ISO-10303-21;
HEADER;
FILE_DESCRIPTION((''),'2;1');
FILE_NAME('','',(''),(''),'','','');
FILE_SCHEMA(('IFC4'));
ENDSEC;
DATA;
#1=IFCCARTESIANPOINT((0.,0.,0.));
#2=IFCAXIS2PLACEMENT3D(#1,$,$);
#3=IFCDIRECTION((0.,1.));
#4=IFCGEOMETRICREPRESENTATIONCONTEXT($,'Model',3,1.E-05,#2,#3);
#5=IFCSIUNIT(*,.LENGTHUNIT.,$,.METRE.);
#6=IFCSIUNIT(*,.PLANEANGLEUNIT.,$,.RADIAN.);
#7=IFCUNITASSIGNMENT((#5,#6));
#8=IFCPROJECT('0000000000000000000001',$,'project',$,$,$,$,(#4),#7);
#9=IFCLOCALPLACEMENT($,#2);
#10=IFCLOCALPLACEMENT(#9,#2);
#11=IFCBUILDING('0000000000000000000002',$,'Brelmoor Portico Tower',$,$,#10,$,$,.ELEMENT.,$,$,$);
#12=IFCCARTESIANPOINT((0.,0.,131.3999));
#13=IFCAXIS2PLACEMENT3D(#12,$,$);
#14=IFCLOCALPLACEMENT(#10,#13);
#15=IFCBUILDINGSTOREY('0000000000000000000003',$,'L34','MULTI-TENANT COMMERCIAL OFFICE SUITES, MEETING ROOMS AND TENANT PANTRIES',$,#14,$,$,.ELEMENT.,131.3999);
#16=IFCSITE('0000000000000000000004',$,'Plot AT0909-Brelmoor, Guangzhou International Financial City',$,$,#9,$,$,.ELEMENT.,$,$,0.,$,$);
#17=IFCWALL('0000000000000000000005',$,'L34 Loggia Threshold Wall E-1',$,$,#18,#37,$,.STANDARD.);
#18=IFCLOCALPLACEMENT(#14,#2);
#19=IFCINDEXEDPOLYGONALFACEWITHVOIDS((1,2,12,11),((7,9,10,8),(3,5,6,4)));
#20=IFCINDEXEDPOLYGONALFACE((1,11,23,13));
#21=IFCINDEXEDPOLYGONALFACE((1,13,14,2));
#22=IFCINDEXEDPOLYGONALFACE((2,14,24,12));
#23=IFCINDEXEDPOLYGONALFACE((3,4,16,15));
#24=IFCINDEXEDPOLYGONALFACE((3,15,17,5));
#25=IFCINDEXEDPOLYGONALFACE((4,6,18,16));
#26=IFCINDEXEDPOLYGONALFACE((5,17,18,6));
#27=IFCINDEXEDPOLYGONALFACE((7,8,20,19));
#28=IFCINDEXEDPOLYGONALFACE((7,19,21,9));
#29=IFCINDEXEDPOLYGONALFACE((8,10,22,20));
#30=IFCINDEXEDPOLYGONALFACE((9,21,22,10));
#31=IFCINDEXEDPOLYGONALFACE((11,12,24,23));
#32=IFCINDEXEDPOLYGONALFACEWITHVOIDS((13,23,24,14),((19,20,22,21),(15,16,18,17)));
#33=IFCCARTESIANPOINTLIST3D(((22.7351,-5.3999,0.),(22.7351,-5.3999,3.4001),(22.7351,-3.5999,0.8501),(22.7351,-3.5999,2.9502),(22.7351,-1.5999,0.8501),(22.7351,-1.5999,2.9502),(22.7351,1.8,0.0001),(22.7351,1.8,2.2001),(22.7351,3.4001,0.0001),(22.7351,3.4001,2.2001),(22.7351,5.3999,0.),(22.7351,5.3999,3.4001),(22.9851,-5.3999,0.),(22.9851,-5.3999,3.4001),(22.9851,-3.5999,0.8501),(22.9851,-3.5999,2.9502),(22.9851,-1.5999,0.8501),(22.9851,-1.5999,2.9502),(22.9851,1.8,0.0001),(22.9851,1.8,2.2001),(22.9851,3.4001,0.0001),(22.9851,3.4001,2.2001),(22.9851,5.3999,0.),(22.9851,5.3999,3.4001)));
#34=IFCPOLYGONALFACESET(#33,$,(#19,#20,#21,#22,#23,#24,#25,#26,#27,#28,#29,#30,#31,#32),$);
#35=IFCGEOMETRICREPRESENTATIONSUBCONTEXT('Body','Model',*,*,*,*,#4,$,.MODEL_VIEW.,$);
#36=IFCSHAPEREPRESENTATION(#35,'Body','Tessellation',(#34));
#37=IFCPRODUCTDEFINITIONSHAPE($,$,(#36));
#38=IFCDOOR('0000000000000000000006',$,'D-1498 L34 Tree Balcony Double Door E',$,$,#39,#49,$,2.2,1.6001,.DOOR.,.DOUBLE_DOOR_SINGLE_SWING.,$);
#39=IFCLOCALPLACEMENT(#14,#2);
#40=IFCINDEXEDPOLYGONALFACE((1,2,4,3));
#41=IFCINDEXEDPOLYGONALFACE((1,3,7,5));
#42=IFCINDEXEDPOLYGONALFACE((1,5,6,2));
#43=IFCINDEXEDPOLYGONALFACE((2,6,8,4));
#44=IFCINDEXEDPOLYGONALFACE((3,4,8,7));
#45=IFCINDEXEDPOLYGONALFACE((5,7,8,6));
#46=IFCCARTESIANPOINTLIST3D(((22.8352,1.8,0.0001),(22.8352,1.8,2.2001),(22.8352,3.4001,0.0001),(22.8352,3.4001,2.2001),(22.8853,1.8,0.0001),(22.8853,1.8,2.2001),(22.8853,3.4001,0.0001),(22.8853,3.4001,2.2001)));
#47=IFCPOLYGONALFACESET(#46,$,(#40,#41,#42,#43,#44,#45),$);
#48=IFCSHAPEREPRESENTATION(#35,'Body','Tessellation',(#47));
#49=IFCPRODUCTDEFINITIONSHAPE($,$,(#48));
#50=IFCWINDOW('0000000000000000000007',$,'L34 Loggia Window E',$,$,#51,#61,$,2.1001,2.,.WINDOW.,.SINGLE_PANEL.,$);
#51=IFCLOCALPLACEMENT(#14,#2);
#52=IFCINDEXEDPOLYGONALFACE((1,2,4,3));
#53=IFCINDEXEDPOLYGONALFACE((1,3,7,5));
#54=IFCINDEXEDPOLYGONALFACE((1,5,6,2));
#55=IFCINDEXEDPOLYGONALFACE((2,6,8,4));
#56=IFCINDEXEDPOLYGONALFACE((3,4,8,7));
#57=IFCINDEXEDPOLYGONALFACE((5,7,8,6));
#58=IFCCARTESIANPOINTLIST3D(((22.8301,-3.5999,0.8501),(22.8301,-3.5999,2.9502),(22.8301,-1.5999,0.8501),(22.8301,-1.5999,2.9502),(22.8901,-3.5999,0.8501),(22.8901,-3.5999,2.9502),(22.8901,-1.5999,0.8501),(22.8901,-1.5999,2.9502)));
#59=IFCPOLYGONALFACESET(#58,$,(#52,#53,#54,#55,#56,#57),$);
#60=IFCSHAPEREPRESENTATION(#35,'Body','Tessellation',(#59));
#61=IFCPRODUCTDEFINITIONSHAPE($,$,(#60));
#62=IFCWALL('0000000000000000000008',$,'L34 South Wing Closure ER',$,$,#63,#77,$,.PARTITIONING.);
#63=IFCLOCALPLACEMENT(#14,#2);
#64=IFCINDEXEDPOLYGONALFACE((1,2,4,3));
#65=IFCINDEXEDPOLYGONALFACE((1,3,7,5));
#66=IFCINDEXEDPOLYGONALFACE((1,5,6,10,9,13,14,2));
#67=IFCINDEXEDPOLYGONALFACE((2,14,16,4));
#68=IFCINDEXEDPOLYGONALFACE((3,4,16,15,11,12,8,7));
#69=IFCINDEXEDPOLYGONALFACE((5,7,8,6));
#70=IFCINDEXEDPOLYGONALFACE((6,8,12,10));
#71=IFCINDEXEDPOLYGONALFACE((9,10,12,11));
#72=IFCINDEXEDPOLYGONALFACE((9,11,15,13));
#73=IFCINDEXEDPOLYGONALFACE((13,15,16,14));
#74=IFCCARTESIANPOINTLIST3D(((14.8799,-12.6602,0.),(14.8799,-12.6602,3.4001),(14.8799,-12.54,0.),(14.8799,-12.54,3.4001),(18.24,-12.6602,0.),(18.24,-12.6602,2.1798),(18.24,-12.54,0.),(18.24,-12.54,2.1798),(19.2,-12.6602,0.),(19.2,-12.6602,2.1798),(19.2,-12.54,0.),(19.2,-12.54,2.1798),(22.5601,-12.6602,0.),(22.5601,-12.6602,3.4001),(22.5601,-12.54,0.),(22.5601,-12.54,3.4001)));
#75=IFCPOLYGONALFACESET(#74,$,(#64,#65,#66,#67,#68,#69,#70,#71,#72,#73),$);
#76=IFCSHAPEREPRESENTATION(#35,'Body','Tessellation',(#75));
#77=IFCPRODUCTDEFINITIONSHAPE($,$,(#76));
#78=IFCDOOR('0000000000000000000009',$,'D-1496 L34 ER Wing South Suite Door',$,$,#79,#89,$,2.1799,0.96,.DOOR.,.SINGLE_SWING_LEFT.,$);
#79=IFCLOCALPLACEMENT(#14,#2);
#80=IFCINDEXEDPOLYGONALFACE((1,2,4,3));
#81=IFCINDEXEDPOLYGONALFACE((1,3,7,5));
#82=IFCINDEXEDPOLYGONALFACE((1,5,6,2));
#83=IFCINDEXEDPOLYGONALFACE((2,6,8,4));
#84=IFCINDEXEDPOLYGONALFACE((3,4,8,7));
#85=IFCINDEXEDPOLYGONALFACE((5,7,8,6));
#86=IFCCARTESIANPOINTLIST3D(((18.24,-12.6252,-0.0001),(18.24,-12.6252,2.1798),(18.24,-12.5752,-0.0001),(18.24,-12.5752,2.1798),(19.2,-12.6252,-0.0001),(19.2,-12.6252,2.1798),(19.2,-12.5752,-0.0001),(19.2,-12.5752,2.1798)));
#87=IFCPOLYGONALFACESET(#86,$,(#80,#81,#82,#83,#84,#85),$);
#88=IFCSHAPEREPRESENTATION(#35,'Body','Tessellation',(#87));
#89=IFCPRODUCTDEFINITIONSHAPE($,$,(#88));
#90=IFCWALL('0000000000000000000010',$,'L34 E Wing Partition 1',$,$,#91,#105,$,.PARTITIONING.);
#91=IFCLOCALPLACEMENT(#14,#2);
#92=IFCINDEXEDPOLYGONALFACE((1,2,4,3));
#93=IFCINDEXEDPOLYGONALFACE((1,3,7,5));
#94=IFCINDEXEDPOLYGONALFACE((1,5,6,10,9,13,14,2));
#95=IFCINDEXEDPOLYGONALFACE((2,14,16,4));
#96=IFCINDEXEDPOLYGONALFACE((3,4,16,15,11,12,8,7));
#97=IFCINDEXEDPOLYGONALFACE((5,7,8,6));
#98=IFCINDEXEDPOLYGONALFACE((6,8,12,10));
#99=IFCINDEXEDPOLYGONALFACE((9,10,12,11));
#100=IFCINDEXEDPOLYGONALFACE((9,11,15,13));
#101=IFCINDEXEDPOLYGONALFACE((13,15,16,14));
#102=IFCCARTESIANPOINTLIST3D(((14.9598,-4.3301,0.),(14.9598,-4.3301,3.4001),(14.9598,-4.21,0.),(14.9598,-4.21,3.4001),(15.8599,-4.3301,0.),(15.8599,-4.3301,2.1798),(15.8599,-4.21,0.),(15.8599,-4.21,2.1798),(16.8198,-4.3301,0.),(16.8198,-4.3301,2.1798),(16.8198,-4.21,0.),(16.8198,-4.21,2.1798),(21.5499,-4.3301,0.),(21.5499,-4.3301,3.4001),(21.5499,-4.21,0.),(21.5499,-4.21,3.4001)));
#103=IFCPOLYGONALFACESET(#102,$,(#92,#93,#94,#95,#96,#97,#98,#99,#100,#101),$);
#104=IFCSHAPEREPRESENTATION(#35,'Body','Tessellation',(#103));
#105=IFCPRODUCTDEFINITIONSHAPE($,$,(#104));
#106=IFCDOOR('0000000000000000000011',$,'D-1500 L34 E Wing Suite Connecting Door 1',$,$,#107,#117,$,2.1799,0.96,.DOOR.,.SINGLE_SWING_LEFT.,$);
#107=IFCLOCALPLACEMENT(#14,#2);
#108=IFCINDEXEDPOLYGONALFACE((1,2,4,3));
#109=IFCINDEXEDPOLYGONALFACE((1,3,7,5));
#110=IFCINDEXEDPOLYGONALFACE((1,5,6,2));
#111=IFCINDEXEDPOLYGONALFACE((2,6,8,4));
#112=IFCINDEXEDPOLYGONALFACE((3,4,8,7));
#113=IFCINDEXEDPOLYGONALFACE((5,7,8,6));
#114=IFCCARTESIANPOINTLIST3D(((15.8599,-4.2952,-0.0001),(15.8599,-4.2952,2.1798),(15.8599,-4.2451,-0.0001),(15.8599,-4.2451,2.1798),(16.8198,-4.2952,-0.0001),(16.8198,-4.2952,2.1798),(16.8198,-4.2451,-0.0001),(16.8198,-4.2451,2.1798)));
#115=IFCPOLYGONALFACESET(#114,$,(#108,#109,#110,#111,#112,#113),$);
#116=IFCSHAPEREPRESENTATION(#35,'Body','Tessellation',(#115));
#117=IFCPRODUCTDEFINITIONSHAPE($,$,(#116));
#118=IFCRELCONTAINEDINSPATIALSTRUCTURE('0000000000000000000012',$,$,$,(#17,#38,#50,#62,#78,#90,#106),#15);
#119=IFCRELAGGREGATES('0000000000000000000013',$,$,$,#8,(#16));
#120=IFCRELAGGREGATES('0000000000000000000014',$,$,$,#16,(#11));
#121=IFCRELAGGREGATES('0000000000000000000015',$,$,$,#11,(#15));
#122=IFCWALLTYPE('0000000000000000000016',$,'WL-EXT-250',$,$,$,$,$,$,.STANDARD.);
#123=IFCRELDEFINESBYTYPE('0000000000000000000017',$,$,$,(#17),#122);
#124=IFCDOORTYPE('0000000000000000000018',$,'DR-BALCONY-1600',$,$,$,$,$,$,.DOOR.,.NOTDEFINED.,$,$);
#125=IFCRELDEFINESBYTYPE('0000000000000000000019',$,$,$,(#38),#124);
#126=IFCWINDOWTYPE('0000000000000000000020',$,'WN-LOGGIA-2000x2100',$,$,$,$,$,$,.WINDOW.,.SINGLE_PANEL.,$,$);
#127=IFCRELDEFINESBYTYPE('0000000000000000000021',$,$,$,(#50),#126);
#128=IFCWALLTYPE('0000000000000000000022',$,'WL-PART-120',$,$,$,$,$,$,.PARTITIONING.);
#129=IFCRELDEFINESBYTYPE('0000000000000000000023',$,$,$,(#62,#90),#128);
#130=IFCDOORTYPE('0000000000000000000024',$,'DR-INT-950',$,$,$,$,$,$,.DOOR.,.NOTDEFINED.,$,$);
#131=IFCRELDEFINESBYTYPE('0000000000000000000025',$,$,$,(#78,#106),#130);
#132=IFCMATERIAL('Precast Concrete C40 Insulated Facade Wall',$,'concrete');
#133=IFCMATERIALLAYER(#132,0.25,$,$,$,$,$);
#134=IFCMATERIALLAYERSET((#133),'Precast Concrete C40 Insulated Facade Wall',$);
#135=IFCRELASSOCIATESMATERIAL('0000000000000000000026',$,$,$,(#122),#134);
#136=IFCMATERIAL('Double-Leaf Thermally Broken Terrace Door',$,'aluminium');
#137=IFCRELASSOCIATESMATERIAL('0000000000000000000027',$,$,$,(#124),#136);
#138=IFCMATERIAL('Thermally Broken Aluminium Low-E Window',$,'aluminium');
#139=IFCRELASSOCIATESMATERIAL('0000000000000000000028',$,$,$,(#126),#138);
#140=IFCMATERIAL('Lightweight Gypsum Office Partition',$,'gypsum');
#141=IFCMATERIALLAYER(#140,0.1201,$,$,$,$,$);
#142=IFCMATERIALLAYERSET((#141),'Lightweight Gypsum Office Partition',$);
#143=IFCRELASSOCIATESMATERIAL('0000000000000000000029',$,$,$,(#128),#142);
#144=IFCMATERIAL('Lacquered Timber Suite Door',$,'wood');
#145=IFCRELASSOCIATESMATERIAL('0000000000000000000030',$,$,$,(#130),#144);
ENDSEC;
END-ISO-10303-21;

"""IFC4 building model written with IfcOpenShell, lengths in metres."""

from ifc_helpers import new_model, si_unit, direction, frame, frame_2d, origin, place, context, subcontext, project, spatial, rectangle, extrude, material, layer, layer_set, type_object, element, fill, save


model = new_model("IFC4")

# Units and contexts
model_context = context("Model", 3, precision=1e-05, world=origin(), true_north=direction((0.0, 1.0)))
body_context = subcontext(model_context, "Body", "Model", "MODEL_VIEW")
ifc_project = project(units=[si_unit("LENGTHUNIT", "METRE"), si_unit("PLANEANGLEUNIT", "RADIAN")], contexts=[model_context])

# Site, building, storey
site_placement = place(None, origin())
site = spatial("IfcSite", under=ifc_project, at=site_placement, Name="Plot AT0909-Brelmoor, Guangzhou International Financial City", CompositionType="ELEMENT", RefElevation=0.0)
building_placement = place(site_placement, origin())
building = spatial("IfcBuilding", under=site, at=building_placement, Name="Brelmoor Portico Tower", CompositionType="ELEMENT")
storey_placement = place(building_placement, frame((0.0, 0.0, 131.3999)))
storey = spatial("IfcBuildingStorey", under=building, at=storey_placement, Name="L34", Description="MULTI-TENANT COMMERCIAL OFFICE SUITES, MEETING ROOMS AND TENANT PANTRIES", CompositionType="ELEMENT", Elevation=131.3999)

# Wall, openings, door, window
ifc_material_1 = material(Name="Precast Concrete C40 Insulated Facade Wall", Category="concrete")
ifc_layer_1 = layer(ifc_material_1, 0.25)
ifc_layer_set_1 = layer_set([ifc_layer_1], Name="Precast Concrete C40 Insulated Facade Wall")
wall_type_1 = type_object("IfcWallType", Name="WL-EXT-250", PredefinedType="STANDARD", material=ifc_layer_set_1)
wall_1_placement = place(storey_placement, frame((22.8601, -5.3999, 0.0), z_axis=(0.0, 0.0, 1.0), x_axis=(0.0, 1.0, 0.0)))
wall_1 = element("IfcWall", 1, at=wall_1_placement, inside=storey, type_object=wall_type_1, Name="L34 Loggia Threshold Wall E-1", PredefinedType="STANDARD", context=body_context, shape_type="SweptSolid", body=[
    extrude(rectangle(XDim=10.7998, YDim=0.25, at=frame_2d((5.3999, 0.0))), origin(), (0.0, 0.0, 1.0), 3.4001),
])
opening_1_placement = place(wall_1_placement, frame((7.2, 0.0, 0.0)))
opening_1 = element("IfcOpeningElement", 2, at=opening_1_placement, cuts=wall_1, PredefinedType="OPENING", context=body_context, shape_type="SweptSolid", body=[
    extrude(rectangle(XDim=1.6001, YDim=2.2, at=frame_2d((0.8, 1.1001))), frame((0.0, 0.135, 0.0), z_axis=(0.0, -1.0, 0.0), x_axis=(1.0, 0.0, 0.0)), (0.0, 0.0, 1.0), 0.27),
])
opening_2_placement = place(wall_1_placement, frame((1.8, 0.0, 0.8501)))
opening_2 = element("IfcOpeningElement", 3, at=opening_2_placement, cuts=wall_1, PredefinedType="OPENING", context=body_context, shape_type="SweptSolid", body=[
    extrude(rectangle(XDim=2.0, YDim=2.1001, at=frame_2d((1.0, 1.05))), frame((0.0, 0.135, 0.0), z_axis=(0.0, -1.0, 0.0), x_axis=(1.0, 0.0, 0.0)), (0.0, 0.0, 1.0), 0.27),
])
ifc_material_2 = material(Name="Double-Leaf Thermally Broken Terrace Door", Category="aluminium")
door_type_1 = type_object("IfcDoorType", Name="DR-BALCONY-1600", OperationType="NOTDEFINED", PredefinedType="DOOR", material=ifc_material_2)
door_1_placement = place(opening_1_placement, origin())
door_1 = element("IfcDoor", 4, at=door_1_placement, inside=storey, type_object=door_type_1, Name="D-1498 L34 Tree Balcony Double Door E", OperationType="DOUBLE_DOOR_SINGLE_SWING", OverallHeight=2.2, OverallWidth=1.6001, PredefinedType="DOOR", context=body_context, shape_type="SweptSolid", body=[
    extrude(rectangle(XDim=1.6001, YDim=2.2, at=frame_2d((0.8, 1.1001))), frame((0.0, 0.0249, 0.0), z_axis=(0.0, -1.0, 0.0), x_axis=(1.0, 0.0, 0.0)), (0.0, 0.0, 1.0), 0.05),
])
fill(opening_1, door_1)
ifc_material_3 = material(Name="Thermally Broken Aluminium Low-E Window", Category="aluminium")
window_type = type_object("IfcWindowType", Name="WN-LOGGIA-2000x2100", PartitioningType="SINGLE_PANEL", PredefinedType="WINDOW", material=ifc_material_3)
window_placement = place(opening_2_placement, origin())
window = element("IfcWindow", 5, at=window_placement, inside=storey, type_object=window_type, Name="L34 Loggia Window E", OverallHeight=2.1001, OverallWidth=2.0, PartitioningType="SINGLE_PANEL", PredefinedType="WINDOW", context=body_context, shape_type="SweptSolid", body=[
    extrude(rectangle(XDim=2.0, YDim=2.1001, at=frame_2d((1.0, 1.05))), frame((0.0, 0.03, 0.0), z_axis=(0.0, -1.0, 0.0), x_axis=(1.0, 0.0, 0.0)), (0.0, 0.0, 1.0), 0.0601),
])
fill(opening_2, window)

# Walls, openings, doors
ifc_material_4 = material(Name="Lightweight Gypsum Office Partition", Category="gypsum")
ifc_layer_2 = layer(ifc_material_4, 0.1201)
ifc_layer_set_2 = layer_set([ifc_layer_2], Name="Lightweight Gypsum Office Partition")
wall_type_2 = type_object("IfcWallType", Name="WL-PART-120", PredefinedType="PARTITIONING", material=ifc_layer_set_2)
wall_2_placement = place(storey_placement, frame((14.8799, -12.6001, 0.0), z_axis=(0.0, 0.0, 1.0), x_axis=(1.0, 0.0, 0.0)))
wall_2 = element("IfcWall", 6, at=wall_2_placement, inside=storey, type_object=wall_type_2, Name="L34 South Wing Closure ER", PredefinedType="PARTITIONING", context=body_context, shape_type="SweptSolid", body=[
    extrude(rectangle(XDim=7.6802, YDim=0.1201, at=frame_2d((3.8401, 0.0))), origin(), (0.0, 0.0, 1.0), 3.4001),
])
opening_3_placement = place(wall_2_placement, frame((3.3601, 0.0, 0.0)))
opening_3 = element("IfcOpeningElement", 7, at=opening_3_placement, cuts=wall_2, PredefinedType="OPENING", context=body_context, shape_type="SweptSolid", body=[
    extrude(rectangle(XDim=0.96, YDim=2.1799, at=frame_2d((0.48, 1.0898))), frame((0.0, 0.0701, 0.0), z_axis=(0.0, -1.0, 0.0), x_axis=(1.0, 0.0, 0.0)), (0.0, 0.0, 1.0), 0.1401),
])
ifc_material_5 = material(Name="Lacquered Timber Suite Door", Category="wood")
door_type_2 = type_object("IfcDoorType", Name="DR-INT-950", OperationType="NOTDEFINED", PredefinedType="DOOR", material=ifc_material_5)
door_2_placement = place(opening_3_placement, origin())
door_2 = element("IfcDoor", 8, at=door_2_placement, inside=storey, type_object=door_type_2, Name="D-1496 L34 ER Wing South Suite Door", OperationType="SINGLE_SWING_LEFT", OverallHeight=2.1799, OverallWidth=0.96, PredefinedType="DOOR", context=body_context, shape_type="SweptSolid", body=[
    extrude(rectangle(XDim=0.96, YDim=2.1799, at=frame_2d((0.48, 1.0898))), frame((0.0, 0.0249, 0.0), z_axis=(0.0, -1.0, 0.0), x_axis=(1.0, 0.0, 0.0)), (0.0, 0.0, 1.0), 0.05),
])
fill(opening_3, door_2)
wall_3_placement = place(storey_placement, frame((14.96, -4.27, 0.0), z_axis=(0.0, 0.0, 1.0), x_axis=(1.0, 0.0, 0.0)))
wall_3 = element("IfcWall", 9, at=wall_3_placement, inside=storey, type_object=wall_type_2, Name="L34 E Wing Partition 1", PredefinedType="PARTITIONING", context=body_context, shape_type="SweptSolid", body=[
    extrude(rectangle(XDim=6.5901, YDim=0.1201, at=frame_2d((3.2949, 0.0))), origin(), (0.0, 0.0, 1.0), 3.4001),
])
opening_4_placement = place(wall_3_placement, frame((0.8999, 0.0, 0.0)))
opening_4 = element("IfcOpeningElement", 10, at=opening_4_placement, cuts=wall_3, PredefinedType="OPENING", context=body_context, shape_type="SweptSolid", body=[
    extrude(rectangle(XDim=0.96, YDim=2.1799, at=frame_2d((0.48, 1.0898))), frame((0.0, 0.0701, 0.0), z_axis=(0.0, -1.0, 0.0), x_axis=(1.0, 0.0, 0.0)), (0.0, 0.0, 1.0), 0.1401),
])
door_3_placement = place(opening_4_placement, origin())
door_3 = element("IfcDoor", 11, at=door_3_placement, inside=storey, type_object=door_type_2, Name="D-1500 L34 E Wing Suite Connecting Door 1", OperationType="SINGLE_SWING_LEFT", OverallHeight=2.1799, OverallWidth=0.96, PredefinedType="DOOR", context=body_context, shape_type="SweptSolid", body=[
    extrude(rectangle(XDim=0.96, YDim=2.1799, at=frame_2d((0.48, 1.0898))), frame((0.0, 0.0249, 0.0), z_axis=(0.0, -1.0, 0.0), x_axis=(1.0, 0.0, 0.0)), (0.0, 0.0, 1.0), 0.05),
])
fill(opening_4, door_3)

save(model, "model.ifc")
